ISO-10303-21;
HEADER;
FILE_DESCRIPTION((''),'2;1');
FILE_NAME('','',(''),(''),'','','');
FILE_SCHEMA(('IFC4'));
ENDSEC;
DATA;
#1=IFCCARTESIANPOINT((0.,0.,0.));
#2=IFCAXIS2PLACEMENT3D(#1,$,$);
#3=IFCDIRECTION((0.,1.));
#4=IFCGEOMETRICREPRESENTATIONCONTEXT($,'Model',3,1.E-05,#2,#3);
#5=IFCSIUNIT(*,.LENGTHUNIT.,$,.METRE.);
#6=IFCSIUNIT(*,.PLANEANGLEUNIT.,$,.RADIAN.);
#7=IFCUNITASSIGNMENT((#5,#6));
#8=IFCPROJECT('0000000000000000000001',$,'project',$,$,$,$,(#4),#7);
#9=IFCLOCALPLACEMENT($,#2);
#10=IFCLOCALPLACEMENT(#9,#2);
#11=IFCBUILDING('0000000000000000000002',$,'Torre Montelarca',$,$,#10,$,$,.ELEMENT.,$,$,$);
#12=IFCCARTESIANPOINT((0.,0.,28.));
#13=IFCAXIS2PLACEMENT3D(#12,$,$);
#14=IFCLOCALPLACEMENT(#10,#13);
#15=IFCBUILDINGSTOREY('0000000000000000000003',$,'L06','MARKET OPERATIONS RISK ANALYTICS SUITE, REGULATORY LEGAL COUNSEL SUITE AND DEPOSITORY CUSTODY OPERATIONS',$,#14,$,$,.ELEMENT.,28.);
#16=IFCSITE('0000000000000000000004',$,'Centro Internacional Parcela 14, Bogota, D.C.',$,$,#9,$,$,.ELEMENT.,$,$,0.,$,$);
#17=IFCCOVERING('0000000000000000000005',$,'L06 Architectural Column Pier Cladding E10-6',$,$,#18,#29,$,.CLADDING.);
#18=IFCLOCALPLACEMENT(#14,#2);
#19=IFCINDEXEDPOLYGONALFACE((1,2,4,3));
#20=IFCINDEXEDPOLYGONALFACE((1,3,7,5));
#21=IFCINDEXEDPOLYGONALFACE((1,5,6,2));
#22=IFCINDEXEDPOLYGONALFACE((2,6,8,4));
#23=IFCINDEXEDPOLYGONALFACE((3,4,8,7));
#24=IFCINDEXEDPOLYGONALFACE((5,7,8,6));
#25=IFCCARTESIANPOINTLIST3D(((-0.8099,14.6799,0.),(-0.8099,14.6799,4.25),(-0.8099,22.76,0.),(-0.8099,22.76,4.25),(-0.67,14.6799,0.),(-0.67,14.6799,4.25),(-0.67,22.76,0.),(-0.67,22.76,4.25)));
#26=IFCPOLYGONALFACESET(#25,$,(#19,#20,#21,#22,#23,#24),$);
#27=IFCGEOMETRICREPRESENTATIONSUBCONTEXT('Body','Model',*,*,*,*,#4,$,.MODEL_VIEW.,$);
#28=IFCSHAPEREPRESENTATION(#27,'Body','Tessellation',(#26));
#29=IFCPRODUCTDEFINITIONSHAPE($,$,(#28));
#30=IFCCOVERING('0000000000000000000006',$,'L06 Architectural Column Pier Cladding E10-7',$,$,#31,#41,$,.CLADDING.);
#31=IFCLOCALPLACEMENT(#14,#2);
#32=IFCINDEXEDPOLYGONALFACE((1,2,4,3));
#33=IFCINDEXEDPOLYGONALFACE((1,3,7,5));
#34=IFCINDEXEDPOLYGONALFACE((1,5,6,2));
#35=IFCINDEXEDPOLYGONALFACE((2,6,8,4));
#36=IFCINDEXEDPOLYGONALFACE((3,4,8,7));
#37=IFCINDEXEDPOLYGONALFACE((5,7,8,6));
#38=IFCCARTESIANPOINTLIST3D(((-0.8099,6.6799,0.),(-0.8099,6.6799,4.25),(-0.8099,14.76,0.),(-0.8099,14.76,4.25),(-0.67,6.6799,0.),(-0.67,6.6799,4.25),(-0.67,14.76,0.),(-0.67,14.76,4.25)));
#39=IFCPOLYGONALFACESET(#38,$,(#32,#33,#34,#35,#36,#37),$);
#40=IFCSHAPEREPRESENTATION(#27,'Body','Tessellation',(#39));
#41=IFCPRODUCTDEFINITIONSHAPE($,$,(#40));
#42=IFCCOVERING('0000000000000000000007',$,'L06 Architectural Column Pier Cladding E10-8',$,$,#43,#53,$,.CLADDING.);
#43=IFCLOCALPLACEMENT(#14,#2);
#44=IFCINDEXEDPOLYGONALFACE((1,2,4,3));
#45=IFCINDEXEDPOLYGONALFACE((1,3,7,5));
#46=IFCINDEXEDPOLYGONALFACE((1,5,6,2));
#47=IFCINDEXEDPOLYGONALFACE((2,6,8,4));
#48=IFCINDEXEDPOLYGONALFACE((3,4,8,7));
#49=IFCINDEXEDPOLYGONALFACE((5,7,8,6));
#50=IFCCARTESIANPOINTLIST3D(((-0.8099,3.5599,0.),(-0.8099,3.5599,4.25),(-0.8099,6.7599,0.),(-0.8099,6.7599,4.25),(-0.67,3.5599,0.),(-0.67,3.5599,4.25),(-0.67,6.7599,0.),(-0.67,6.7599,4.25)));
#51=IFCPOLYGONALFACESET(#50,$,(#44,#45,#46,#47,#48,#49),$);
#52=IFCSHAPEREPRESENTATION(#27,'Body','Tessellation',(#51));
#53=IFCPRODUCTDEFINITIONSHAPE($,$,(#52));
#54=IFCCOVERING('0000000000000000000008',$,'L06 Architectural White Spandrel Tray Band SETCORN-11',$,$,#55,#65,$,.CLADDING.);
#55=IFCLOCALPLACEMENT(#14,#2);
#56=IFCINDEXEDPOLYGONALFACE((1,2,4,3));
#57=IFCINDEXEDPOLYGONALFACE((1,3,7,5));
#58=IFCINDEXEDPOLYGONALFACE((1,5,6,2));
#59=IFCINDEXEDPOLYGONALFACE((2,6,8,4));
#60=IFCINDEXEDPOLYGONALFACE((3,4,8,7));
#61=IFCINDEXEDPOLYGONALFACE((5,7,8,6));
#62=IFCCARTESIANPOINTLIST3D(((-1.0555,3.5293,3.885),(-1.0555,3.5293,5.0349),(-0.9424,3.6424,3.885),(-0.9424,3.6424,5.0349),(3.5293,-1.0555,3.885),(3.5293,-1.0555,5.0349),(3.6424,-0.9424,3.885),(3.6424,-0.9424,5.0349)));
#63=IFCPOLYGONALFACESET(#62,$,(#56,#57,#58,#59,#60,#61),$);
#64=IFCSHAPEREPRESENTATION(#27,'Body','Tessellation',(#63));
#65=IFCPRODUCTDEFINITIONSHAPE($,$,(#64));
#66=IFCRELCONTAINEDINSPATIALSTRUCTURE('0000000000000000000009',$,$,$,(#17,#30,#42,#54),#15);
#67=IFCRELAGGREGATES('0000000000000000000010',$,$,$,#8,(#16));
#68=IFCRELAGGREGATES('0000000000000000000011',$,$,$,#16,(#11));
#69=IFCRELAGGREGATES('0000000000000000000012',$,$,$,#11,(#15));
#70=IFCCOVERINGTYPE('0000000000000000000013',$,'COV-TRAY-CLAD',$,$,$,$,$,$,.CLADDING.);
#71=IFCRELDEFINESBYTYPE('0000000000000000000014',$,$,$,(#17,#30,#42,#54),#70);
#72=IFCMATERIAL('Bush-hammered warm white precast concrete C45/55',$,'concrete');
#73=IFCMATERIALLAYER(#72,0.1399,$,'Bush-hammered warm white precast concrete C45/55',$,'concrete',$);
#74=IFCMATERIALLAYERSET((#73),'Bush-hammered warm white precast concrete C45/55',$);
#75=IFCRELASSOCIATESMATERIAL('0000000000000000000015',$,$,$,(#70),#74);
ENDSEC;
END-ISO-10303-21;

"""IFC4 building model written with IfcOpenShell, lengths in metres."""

from ifc_helpers import new_model, si_unit, direction, frame, origin, origin_2d, place, context, subcontext, project, spatial, rectangle, extrude, source, transform, mapped, material, layer, layer_set, type_object, element, save


model = new_model("IFC4")

# Units and contexts
model_context = context("Model", 3, precision=1e-05, world=origin(), true_north=direction((0.0, 1.0)))
body_context = subcontext(model_context, "Body", "Model", "MODEL_VIEW")
ifc_project = project(units=[si_unit("LENGTHUNIT", "METRE"), si_unit("PLANEANGLEUNIT", "RADIAN")], contexts=[model_context])

# Site, building, storey
site_placement = place(None, origin())
site = spatial("IfcSite", under=ifc_project, at=site_placement, Name="Centro Internacional Parcela 14, Bogota, D.C.", CompositionType="ELEMENT", RefElevation=0.0)
building_placement = place(site_placement, origin())
building = spatial("IfcBuilding", under=site, at=building_placement, Name="Torre Montelarca", CompositionType="ELEMENT")
storey_placement = place(building_placement, frame((0.0, 0.0, 28.0)))
storey = spatial("IfcBuildingStorey", under=building, at=storey_placement, Name="L06", Description="MARKET OPERATIONS RISK ANALYTICS SUITE, REGULATORY LEGAL COUNSEL SUITE AND DEPOSITORY CUSTODY OPERATIONS", CompositionType="ELEMENT", Elevation=28.0)

# Coverings
ifc_material_1 = material(Name="Bush-hammered warm white precast concrete C45/55", Category="concrete")
ifc_layer_1 = layer(ifc_material_1, 0.1399, Name="Bush-hammered warm white precast concrete C45/55", Category="concrete")
ifc_layer_set_1 = layer_set([ifc_layer_1], Name="Bush-hammered warm white precast concrete C45/55")
covering_type_1 = type_object("IfcCoveringType", Name="COV-TRAY-CLAD", PredefinedType="CLADDING", material=ifc_layer_set_1)
shared_shape_1 = source(origin(), body_context, "Body", "SweptSolid", [
    extrude(rectangle(XDim=8.0801, YDim=0.1399, at=origin_2d()), origin(), (0.0, 0.0, 1.0), 4.25),
])
for number, where, z_axis, x_axis, name in (
    (1, (-0.74, 18.72, 0.0), (0.0, 0.0, 1.0), (0.0, -1.0, 0.0), "L06 Architectural Column Pier Cladding E10-6"),
    (2, (-0.74, 10.72, 0.0), (0.0, 0.0, 1.0), (0.0, -1.0, 0.0), "L06 Architectural Column Pier Cladding E10-7"),
):
    element("IfcCovering", number, at=place(storey_placement, frame(where, z_axis=z_axis, x_axis=x_axis)), inside=storey, type_object=covering_type_1, Name=name, PredefinedType="CLADDING", context=body_context, shape_type="MappedRepresentation", body=[
        mapped(shared_shape_1, transform((0.0, 0.0, 0.0), scale=1.0)),
    ])
shared_shape_2 = source(origin(), body_context, "Body", "SweptSolid", [
    extrude(rectangle(XDim=3.2, YDim=0.1399, at=origin_2d()), origin(), (0.0, 0.0, 1.0), 4.25),
])
covering_1_placement = place(storey_placement, frame((-0.74, 5.1599, 0.0), z_axis=(0.0, 0.0, 1.0), x_axis=(0.0, -1.0, 0.0)))
element("IfcCovering", 3, at=covering_1_placement, inside=storey, type_object=covering_type_1, Name="L06 Architectural Column Pier Cladding E10-8", PredefinedType="CLADDING", context=body_context, shape_type="MappedRepresentation", body=[
    mapped(shared_shape_2, transform((0.0, 0.0, 0.0), scale=1.0)),
])
shared_shape_3 = source(origin(), body_context, "Body", "SweptSolid", [
    extrude(rectangle(XDim=6.4839, YDim=0.1599, at=origin_2d()), origin(), (0.0, 0.0, 1.0), 1.1499),
])
covering_2_placement = place(storey_placement, frame((1.2935, 1.2935, 3.885), z_axis=(0.0, 0.0, 1.0), x_axis=(0.707107, -0.707107, 0.0)))
element("IfcCovering", 4, at=covering_2_placement, inside=storey, type_object=covering_type_1, Name="L06 Architectural White Spandrel Tray Band SETCORN-11", PredefinedType="CLADDING", context=body_context, shape_type="MappedRepresentation", body=[
    mapped(shared_shape_3, transform((0.0, 0.0, 0.0), scale=1.0)),
])

save(model, "model.ifc")
